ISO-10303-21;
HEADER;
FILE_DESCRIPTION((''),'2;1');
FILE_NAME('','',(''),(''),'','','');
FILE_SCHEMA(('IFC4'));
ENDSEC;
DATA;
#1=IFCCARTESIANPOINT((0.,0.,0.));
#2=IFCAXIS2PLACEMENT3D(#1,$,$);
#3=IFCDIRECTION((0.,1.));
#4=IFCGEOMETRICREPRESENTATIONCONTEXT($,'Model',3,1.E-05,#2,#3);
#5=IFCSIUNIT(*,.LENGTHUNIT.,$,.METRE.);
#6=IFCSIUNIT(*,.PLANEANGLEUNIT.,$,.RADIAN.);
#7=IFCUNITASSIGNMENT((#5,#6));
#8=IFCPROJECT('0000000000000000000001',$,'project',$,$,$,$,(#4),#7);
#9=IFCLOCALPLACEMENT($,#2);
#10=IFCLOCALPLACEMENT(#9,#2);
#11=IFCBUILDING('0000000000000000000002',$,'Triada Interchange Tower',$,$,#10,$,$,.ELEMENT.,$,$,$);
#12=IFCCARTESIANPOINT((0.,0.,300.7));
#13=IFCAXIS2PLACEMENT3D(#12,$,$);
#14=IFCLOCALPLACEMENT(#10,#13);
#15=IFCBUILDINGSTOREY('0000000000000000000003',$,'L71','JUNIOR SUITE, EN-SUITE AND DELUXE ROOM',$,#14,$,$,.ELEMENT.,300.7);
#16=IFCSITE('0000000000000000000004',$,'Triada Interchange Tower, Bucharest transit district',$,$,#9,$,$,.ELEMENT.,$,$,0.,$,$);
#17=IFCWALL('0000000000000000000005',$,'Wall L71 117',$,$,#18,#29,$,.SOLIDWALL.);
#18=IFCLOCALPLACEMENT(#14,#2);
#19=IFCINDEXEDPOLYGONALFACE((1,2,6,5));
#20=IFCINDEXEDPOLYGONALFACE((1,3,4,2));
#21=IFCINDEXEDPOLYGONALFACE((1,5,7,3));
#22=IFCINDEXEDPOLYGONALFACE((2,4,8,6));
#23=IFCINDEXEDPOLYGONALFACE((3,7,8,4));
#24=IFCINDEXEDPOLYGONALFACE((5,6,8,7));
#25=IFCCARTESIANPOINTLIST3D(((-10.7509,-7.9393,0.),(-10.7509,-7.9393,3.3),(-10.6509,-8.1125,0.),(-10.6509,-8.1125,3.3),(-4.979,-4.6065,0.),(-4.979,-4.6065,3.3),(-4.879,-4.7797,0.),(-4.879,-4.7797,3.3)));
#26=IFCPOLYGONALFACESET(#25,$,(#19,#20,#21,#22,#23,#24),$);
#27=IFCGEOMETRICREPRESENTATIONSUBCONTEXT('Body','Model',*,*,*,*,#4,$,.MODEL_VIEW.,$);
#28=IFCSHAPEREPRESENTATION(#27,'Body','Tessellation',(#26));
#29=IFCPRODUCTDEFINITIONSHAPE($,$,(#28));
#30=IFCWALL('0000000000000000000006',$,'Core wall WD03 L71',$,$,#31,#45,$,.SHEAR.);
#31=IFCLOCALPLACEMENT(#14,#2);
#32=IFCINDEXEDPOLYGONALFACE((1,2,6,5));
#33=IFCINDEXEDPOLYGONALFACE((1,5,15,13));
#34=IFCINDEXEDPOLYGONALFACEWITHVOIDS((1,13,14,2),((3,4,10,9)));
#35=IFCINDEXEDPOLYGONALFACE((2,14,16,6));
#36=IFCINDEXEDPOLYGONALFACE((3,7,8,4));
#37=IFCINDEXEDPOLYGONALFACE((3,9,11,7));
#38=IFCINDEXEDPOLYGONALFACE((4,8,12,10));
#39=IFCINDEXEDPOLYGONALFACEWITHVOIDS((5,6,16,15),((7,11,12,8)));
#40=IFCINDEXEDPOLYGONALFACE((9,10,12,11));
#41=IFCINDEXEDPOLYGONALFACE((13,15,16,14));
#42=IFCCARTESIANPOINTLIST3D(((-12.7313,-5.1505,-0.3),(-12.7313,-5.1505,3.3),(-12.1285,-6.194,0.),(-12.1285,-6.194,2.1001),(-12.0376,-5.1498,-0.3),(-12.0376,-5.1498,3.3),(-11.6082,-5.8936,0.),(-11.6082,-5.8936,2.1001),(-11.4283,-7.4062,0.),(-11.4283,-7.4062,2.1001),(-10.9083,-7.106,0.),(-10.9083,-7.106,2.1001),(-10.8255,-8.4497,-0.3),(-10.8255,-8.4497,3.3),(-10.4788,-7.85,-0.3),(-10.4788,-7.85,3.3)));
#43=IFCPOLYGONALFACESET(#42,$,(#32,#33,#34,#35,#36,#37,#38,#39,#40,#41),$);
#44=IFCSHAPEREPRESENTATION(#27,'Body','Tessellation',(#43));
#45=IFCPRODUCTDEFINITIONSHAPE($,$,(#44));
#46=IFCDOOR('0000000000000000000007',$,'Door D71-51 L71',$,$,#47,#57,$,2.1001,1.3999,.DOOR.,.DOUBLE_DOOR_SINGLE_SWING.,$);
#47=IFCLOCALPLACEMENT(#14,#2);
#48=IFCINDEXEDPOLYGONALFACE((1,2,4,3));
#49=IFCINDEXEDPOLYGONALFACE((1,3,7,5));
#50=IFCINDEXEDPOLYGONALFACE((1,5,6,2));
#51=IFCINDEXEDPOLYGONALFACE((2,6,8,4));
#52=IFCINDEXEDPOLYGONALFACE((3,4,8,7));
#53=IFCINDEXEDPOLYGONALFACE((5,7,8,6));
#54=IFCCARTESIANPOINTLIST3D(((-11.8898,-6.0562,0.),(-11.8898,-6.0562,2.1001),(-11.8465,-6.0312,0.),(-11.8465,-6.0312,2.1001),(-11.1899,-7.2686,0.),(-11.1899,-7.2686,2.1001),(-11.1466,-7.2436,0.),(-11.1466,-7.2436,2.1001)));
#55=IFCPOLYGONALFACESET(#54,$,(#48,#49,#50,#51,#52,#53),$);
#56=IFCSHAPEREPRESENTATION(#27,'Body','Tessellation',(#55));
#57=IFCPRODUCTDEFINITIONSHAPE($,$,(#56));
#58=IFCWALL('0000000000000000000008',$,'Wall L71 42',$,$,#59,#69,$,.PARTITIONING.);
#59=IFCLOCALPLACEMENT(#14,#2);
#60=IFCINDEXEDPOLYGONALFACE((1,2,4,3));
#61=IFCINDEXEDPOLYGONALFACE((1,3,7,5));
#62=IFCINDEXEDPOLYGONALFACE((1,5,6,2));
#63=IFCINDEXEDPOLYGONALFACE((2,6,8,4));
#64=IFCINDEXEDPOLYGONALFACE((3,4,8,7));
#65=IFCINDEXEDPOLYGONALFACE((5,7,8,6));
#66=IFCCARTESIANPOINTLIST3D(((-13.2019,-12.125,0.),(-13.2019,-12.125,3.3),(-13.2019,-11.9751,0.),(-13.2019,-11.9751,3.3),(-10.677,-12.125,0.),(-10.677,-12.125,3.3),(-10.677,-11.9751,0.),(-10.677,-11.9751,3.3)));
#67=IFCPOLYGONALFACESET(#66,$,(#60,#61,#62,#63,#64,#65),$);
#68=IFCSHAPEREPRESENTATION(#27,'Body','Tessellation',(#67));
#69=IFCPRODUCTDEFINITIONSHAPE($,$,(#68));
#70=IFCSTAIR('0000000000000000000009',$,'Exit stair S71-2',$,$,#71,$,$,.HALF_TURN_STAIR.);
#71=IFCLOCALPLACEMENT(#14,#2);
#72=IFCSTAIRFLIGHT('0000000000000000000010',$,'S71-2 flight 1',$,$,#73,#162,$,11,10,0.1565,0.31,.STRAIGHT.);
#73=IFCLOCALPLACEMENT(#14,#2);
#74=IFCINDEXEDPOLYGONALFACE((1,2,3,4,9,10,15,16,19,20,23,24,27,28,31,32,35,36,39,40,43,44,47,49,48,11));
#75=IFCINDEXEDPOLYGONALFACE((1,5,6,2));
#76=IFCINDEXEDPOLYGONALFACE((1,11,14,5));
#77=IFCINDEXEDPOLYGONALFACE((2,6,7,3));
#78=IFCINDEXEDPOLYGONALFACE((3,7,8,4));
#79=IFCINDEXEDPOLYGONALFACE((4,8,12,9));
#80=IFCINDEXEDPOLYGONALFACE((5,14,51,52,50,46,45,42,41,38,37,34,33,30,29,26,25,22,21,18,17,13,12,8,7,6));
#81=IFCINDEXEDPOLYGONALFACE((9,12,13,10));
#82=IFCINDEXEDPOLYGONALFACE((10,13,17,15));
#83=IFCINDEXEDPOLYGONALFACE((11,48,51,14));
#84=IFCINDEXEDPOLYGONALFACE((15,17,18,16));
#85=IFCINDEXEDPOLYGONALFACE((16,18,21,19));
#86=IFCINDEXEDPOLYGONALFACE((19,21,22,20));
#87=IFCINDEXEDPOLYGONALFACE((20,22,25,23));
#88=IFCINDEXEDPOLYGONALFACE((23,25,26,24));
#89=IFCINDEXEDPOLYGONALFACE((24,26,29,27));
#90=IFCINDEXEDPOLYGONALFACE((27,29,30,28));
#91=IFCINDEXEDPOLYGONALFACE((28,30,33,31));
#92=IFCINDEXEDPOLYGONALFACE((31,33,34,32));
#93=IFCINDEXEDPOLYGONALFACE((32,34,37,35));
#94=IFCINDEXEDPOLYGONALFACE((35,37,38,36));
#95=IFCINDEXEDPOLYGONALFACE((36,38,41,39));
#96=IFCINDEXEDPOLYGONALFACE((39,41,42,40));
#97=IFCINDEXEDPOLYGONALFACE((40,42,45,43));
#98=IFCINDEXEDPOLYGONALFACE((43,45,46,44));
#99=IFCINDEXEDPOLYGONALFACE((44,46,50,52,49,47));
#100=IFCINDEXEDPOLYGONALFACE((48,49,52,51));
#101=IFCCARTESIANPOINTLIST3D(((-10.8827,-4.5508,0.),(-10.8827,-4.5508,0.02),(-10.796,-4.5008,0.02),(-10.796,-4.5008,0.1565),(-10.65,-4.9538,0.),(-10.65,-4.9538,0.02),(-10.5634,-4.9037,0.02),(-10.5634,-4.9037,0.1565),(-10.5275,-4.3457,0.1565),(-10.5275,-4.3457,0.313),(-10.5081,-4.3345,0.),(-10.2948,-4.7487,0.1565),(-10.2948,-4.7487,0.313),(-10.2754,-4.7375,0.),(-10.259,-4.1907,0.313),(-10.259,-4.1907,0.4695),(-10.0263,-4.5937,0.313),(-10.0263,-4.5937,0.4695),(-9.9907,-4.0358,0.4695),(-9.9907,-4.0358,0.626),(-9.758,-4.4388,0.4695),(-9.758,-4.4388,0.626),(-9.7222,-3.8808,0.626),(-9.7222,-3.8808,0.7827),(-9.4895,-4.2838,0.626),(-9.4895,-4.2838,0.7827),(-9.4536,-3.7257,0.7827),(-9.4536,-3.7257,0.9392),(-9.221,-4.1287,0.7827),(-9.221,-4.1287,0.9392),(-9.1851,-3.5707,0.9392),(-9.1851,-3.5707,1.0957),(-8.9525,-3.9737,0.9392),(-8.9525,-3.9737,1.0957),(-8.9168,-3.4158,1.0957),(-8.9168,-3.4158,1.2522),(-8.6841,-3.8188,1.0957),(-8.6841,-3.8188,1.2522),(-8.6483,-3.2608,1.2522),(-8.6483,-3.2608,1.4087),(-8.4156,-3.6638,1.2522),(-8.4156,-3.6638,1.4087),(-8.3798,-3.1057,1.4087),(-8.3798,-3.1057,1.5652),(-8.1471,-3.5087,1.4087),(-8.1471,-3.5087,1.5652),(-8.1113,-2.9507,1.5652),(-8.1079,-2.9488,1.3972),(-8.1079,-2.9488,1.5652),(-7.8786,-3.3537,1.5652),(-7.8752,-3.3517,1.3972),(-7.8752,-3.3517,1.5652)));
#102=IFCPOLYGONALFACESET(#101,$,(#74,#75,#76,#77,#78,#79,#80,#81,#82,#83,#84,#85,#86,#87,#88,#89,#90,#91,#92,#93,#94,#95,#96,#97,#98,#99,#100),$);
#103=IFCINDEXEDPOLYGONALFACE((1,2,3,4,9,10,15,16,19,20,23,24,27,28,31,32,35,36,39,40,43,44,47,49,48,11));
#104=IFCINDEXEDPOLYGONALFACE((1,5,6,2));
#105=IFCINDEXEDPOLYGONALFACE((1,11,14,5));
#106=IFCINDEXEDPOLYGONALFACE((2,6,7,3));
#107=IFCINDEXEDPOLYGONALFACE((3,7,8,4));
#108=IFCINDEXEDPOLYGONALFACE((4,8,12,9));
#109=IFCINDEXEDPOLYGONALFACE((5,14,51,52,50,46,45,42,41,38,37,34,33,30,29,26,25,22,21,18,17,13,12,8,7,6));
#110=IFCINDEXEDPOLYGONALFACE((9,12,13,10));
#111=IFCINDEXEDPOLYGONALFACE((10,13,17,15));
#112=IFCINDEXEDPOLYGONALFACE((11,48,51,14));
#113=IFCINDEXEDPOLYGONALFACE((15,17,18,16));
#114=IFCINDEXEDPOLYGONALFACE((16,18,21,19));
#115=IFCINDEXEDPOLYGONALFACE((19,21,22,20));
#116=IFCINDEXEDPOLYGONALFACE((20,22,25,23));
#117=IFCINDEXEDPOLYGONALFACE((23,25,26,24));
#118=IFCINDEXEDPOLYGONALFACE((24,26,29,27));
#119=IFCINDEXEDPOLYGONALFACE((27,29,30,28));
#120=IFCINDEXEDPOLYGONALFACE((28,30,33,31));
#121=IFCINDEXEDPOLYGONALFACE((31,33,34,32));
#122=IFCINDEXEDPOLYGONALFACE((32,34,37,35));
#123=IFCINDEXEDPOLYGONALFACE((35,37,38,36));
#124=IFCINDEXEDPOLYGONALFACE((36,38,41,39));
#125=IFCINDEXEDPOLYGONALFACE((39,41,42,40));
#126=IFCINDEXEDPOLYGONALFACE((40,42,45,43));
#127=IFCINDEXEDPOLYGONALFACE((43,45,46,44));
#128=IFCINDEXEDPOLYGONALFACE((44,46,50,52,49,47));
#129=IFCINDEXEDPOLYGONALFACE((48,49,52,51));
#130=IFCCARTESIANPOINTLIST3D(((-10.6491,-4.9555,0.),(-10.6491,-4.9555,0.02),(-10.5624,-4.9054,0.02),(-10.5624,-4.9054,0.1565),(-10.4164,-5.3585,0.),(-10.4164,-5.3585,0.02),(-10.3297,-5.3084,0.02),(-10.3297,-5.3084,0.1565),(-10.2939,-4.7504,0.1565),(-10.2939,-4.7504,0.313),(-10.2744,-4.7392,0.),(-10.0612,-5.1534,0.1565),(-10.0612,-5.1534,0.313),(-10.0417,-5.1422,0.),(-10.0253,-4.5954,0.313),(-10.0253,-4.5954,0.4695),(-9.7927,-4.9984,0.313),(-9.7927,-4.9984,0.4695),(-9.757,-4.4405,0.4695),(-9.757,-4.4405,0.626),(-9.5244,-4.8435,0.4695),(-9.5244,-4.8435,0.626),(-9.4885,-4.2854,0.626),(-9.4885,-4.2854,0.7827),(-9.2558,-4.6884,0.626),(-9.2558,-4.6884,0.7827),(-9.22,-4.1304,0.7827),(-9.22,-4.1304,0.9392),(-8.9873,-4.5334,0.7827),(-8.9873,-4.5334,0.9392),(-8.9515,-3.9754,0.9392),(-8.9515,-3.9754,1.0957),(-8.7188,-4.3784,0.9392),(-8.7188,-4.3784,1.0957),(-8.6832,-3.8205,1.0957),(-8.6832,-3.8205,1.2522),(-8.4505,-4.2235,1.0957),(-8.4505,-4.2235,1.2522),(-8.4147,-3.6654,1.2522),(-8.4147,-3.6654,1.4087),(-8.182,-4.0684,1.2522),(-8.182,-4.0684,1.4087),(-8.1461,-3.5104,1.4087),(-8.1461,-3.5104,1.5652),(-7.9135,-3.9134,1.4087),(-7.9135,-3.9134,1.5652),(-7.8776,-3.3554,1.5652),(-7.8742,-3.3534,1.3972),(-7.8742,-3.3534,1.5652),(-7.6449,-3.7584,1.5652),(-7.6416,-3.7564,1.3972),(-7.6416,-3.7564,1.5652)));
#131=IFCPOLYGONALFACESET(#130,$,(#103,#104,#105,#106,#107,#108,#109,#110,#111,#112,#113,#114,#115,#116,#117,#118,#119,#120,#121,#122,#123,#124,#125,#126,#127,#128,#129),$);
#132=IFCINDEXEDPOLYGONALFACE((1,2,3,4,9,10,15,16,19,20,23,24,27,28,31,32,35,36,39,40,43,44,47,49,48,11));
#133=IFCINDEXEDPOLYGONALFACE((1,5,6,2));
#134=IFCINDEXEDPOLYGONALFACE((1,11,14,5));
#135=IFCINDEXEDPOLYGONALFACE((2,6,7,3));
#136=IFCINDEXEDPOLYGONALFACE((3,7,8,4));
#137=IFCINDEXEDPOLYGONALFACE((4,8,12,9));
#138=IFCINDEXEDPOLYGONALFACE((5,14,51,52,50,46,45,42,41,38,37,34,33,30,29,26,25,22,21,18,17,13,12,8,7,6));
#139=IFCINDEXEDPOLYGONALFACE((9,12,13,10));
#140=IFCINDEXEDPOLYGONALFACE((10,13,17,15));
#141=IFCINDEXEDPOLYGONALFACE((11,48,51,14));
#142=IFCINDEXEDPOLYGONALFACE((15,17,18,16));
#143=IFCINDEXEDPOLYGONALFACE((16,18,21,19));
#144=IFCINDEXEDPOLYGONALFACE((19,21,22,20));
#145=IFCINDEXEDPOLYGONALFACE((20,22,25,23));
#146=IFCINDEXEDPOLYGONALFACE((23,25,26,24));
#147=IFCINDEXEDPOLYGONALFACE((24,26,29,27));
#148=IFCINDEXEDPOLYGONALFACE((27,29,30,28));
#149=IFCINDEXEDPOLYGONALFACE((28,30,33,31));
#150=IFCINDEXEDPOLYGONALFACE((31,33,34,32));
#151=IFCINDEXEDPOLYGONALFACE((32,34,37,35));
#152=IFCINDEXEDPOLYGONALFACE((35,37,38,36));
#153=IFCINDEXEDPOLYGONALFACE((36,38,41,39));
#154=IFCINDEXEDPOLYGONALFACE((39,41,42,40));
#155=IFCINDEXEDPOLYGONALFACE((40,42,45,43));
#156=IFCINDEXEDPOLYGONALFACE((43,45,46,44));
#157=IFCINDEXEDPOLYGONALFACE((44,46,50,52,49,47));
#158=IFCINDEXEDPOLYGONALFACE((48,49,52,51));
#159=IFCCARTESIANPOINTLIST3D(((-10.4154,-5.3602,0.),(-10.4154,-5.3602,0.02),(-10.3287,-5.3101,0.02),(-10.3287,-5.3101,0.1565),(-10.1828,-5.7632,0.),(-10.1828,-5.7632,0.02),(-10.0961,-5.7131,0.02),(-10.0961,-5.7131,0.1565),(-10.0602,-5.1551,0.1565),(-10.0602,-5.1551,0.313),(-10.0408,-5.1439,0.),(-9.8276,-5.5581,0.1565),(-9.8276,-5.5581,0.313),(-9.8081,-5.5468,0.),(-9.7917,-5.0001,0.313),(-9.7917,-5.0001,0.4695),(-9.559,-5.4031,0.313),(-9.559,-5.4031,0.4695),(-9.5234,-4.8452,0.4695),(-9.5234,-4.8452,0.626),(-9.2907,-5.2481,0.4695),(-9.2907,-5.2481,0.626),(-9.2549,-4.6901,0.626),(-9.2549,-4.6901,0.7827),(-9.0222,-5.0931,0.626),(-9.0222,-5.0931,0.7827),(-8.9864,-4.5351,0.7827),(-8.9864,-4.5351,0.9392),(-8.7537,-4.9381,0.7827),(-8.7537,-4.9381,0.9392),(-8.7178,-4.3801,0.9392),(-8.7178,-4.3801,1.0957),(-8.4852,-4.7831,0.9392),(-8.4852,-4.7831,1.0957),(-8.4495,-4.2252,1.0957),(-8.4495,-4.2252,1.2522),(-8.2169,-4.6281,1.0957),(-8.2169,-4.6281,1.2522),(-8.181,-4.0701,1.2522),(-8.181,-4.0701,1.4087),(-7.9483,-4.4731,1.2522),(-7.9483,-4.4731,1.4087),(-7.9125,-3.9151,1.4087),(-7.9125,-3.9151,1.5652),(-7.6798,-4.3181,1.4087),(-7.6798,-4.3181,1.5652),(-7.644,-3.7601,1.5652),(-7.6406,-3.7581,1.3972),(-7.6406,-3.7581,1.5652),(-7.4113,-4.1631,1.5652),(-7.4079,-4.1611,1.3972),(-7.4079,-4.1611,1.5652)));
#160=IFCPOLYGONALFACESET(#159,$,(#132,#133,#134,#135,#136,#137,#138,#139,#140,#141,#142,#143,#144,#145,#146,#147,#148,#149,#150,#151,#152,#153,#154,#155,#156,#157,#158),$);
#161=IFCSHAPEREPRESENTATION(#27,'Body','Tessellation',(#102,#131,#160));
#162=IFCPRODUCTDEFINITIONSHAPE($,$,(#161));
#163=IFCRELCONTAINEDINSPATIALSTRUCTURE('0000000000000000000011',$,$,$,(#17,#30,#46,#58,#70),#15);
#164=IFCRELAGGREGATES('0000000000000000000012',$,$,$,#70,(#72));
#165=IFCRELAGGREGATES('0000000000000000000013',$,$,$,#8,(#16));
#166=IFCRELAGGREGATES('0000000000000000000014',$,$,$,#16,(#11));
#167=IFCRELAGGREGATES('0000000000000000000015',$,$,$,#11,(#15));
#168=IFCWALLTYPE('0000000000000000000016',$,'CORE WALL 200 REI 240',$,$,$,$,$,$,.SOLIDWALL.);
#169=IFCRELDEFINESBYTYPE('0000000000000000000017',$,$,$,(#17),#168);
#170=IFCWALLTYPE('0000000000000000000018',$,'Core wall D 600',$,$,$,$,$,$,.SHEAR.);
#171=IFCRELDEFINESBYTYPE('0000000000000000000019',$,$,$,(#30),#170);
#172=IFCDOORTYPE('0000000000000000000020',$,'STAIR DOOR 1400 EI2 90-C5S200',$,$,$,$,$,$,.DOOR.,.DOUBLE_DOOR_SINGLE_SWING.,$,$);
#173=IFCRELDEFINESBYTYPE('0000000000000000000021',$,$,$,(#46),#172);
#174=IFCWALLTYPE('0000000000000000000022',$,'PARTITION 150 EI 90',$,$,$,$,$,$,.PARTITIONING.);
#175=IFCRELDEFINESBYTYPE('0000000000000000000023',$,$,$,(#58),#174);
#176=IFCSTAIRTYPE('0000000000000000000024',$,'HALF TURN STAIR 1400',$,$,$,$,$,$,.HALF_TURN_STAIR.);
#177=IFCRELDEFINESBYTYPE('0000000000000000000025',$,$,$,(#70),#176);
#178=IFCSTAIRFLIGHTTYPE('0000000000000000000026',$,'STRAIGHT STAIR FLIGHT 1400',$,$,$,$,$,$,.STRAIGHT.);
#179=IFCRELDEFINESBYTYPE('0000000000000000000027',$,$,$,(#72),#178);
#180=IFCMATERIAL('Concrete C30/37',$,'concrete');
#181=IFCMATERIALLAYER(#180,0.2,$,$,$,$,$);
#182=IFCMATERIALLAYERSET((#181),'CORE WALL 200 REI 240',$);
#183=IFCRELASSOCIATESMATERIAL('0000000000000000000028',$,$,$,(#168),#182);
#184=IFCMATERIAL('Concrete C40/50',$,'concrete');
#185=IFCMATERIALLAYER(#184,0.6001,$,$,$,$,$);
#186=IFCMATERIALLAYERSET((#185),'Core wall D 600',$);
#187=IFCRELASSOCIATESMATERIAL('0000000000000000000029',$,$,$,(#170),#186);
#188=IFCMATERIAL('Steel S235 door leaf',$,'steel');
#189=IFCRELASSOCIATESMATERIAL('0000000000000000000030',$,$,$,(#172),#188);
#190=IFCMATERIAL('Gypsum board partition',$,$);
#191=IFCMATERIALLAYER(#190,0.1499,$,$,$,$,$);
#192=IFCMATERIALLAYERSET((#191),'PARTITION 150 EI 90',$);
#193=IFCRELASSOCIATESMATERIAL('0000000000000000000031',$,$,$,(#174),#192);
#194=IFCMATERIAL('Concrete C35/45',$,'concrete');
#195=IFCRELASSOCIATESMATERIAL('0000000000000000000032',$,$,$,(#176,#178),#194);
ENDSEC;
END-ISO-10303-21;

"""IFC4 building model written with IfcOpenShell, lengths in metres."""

from ifc_helpers import new_model, si_unit, direction, frame, frame_2d, origin, place, context, subcontext, project, spatial, polyline, rectangle, outline, extrude, material, layer, layer_set, type_object, element, fill, aggregate, save


model = new_model("IFC4")

# Units and contexts
model_context = context("Model", 3, precision=1e-05, world=origin(), true_north=direction((0.0, 1.0)))
body_context = subcontext(model_context, "Body", "Model", "MODEL_VIEW")
ifc_project = project(units=[si_unit("LENGTHUNIT", "METRE"), si_unit("PLANEANGLEUNIT", "RADIAN")], contexts=[model_context])

# Site, building, storey
site_placement = place(None, origin())
site = spatial("IfcSite", under=ifc_project, at=site_placement, Name="Triada Interchange Tower, Bucharest transit district", CompositionType="ELEMENT", RefElevation=0.0)
building_placement = place(site_placement, origin())
building = spatial("IfcBuilding", under=site, at=building_placement, Name="Triada Interchange Tower", CompositionType="ELEMENT")
storey_placement = place(building_placement, frame((0.0, 0.0, 300.7)))
storey = spatial("IfcBuildingStorey", under=building, at=storey_placement, Name="L71", Description="JUNIOR SUITE, EN-SUITE AND DELUXE ROOM", CompositionType="ELEMENT", Elevation=300.7)

# Shared definitions
ifc_material_1 = material(Name="Concrete C30/37", Category="concrete")

# Shared definitions
ifc_material_2 = material(Name="Steel S235 door leaf", Category="steel")

# Wall
ifc_layer_1 = layer(ifc_material_1, 0.2)
ifc_layer_set_1 = layer_set([ifc_layer_1], Name="CORE WALL 200 REI 240")
wall_type_1 = type_object("IfcWallType", Name="CORE WALL 200 REI 240", PredefinedType="SOLIDWALL", material=ifc_layer_set_1)
wall_1_placement = place(storey_placement, frame((-10.7009, -8.0259, 0.0), z_axis=(0.0, 0.0, 1.0), x_axis=(0.866005, 0.500035, 0.0)))
element("IfcWall", 1, at=wall_1_placement, inside=storey, type_object=wall_type_1, Name="Wall L71 117", PredefinedType="SOLIDWALL", context=body_context, shape_type="SweptSolid", body=[
    extrude(rectangle(XDim=6.665, YDim=0.2, at=frame_2d((3.3325, 0.0))), origin(), (0.0, 0.0, 1.0), 3.3),
])

# Wall, opening, door
ifc_material_3 = material(Name="Concrete C40/50", Category="concrete")
ifc_layer_2 = layer(ifc_material_3, 0.6001)
ifc_layer_set_2 = layer_set([ifc_layer_2], Name="Core wall D 600")
wall_type_2 = type_object("IfcWallType", Name="Core wall D 600", PredefinedType="SHEAR", material=ifc_layer_set_2)
wall_2_placement = place(storey_placement, frame((-12.384, -5.1499, -0.3), z_axis=(0.0, 0.0, 1.0), x_axis=(0.499975, -0.86604, 0.0)))
wall_2 = element("IfcWall", 2, at=wall_2_placement, inside=storey, type_object=wall_type_2, Name="Core wall WD03 L71", PredefinedType="SHEAR", context=body_context, shape_type="SweptSolid", body=[
    extrude(outline(polyline([(-0.1731, -0.301), (1.7319, -0.3005), (3.637, -0.3), (3.291, 0.3), (1.7319, 0.3), (0.1731, 0.3), (-0.1731, -0.301)])), origin(), (0.0, 0.0, 1.0), 3.6001),
])
opening_1_placement = place(wall_2_placement, frame((1.032, 0.0, 0.3)))
opening_1 = element("IfcOpeningElement", 3, at=opening_1_placement, cuts=wall_2, PredefinedType="OPENING", context=body_context, shape_type="SweptSolid", body=[
    extrude(rectangle(XDim=1.3999, YDim=2.1001, at=frame_2d((0.7, 1.05))), frame((0.0, 0.3101, 0.0), z_axis=(0.0, -1.0, 0.0), x_axis=(1.0, 0.0, 0.0)), (0.0, 0.0, 1.0), 0.6211),
])
door_type_1 = type_object("IfcDoorType", Name="STAIR DOOR 1400 EI2 90-C5S200", OperationType="DOUBLE_DOOR_SINGLE_SWING", PredefinedType="DOOR", material=ifc_material_2)
door_1_placement = place(opening_1_placement, origin())
door_1 = element("IfcDoor", 4, at=door_1_placement, inside=storey, type_object=door_type_1, Name="Door D71-51 L71", OperationType="DOUBLE_DOOR_SINGLE_SWING", OverallHeight=2.1001, OverallWidth=1.3999, PredefinedType="DOOR", context=body_context, shape_type="SweptSolid", body=[
    extrude(rectangle(XDim=1.3999, YDim=2.1001, at=frame_2d((0.7, 1.05))), frame((0.0, 0.0249, 0.0), z_axis=(0.0, -1.0, 0.0), x_axis=(1.0, 0.0, 0.0)), (0.0, 0.0, 1.0), 0.05),
])
fill(opening_1, door_1)

# Wall
ifc_material_4 = material(Name="Gypsum board partition")
ifc_layer_3 = layer(ifc_material_4, 0.1499)
ifc_layer_set_3 = layer_set([ifc_layer_3], Name="PARTITION 150 EI 90")
wall_type_3 = type_object("IfcWallType", Name="PARTITION 150 EI 90", PredefinedType="PARTITIONING", material=ifc_layer_set_3)
wall_3_placement = place(storey_placement, frame((-13.2019, -12.05, 0.0), z_axis=(0.0, 0.0, 1.0), x_axis=(1.0, 0.0, 0.0)))
element("IfcWall", 5, at=wall_3_placement, inside=storey, type_object=wall_type_3, Name="Wall L71 42", PredefinedType="PARTITIONING", context=body_context, shape_type="SweptSolid", body=[
    extrude(rectangle(XDim=2.5249, YDim=0.1499, at=frame_2d((1.2625, 0.0))), origin(), (0.0, 0.0, 1.0), 3.3),
])

# Stair, stair flight
ifc_material_5 = material(Name="Concrete C35/45", Category="concrete")
stair_type = type_object("IfcStairType", Name="HALF TURN STAIR 1400", PredefinedType="HALF_TURN_STAIR", material=ifc_material_5)
stair_placement = place(storey_placement, origin())
stair = element("IfcStair", 6, at=stair_placement, inside=storey, type_object=stair_type, Name="Exit stair S71-2", PredefinedType="HALF_TURN_STAIR")
stair_flight_type = type_object("IfcStairFlightType", Name="STRAIGHT STAIR FLIGHT 1400", PredefinedType="STRAIGHT", material=ifc_material_5)
stair_flight_1_placement = place(storey_placement, frame((-10.446, -5.1069, 0.0), z_axis=(0.0, 0.0, 1.0), x_axis=(0.866025, 0.5, 0.0)))
stair_flight_1 = element("IfcStairFlight", 7, at=stair_flight_1_placement, type_object=stair_flight_type, Name="S71-2 flight 1", NumberOfRisers=11, NumberOfTreads=10, PredefinedType="STRAIGHT", RiserHeight=0.1565, TreadLength=0.31, context=body_context, shape_type="SweptSolid", body=[
    extrude(outline(polyline([(-0.1001, 0.0), (-0.1001, 0.02), (0.0, 0.02), (0.0, 0.1565), (0.3101, 0.1565), (0.3101, 0.313), (0.6201, 0.313), (0.6201, 0.4695), (0.9299, 0.4695), (0.9299, 0.626), (1.24, 0.626), (1.24, 0.7827), (1.55, 0.7827), (1.55, 0.9392), (1.8601, 0.9392), (1.8601, 1.0957), (2.1699, 1.0957), (2.1699, 1.2522), (2.48, 1.2522), (2.48, 1.4087), (2.79, 1.4087), (2.79, 1.5652), (3.1001, 1.5652), (3.104, 1.5652), (3.104, 1.7217), (3.104, 1.3972), (0.3325, 0.0), (-0.1001, 0.0)])), frame((0.0, 0.7, 0.0), z_axis=(0.0, -1.0, 0.0), x_axis=(1.0, 0.0, 0.0)), (0.0, 0.0, 1.0), 0.4653),
    extrude(outline(polyline([(-0.1001, 0.0), (-0.1001, 0.02), (0.0, 0.02), (0.0, 0.1565), (0.3101, 0.1565), (0.3101, 0.313), (0.6201, 0.313), (0.6201, 0.4695), (0.9299, 0.4695), (0.9299, 0.626), (1.24, 0.626), (1.24, 0.7827), (1.55, 0.7827), (1.55, 0.9392), (1.8601, 0.9392), (1.8601, 1.0957), (2.1699, 1.0957), (2.1699, 1.2522), (2.48, 1.2522), (2.48, 1.4087), (2.79, 1.4087), (2.79, 1.5652), (3.1001, 1.5652), (3.104, 1.5652), (3.104, 1.7217), (3.104, 1.3972), (0.3325, 0.0), (-0.1001, 0.0)])), frame((0.0, 0.2327, 0.0), z_axis=(0.0, -1.0, 0.0), x_axis=(1.0, 0.0, 0.0)), (0.0, 0.0, 1.0), 0.4653),
    extrude(outline(polyline([(-0.1001, 0.0), (-0.1001, 0.02), (0.0, 0.02), (0.0, 0.1565), (0.3101, 0.1565), (0.3101, 0.313), (0.6201, 0.313), (0.6201, 0.4695), (0.9299, 0.4695), (0.9299, 0.626), (1.24, 0.626), (1.24, 0.7827), (1.55, 0.7827), (1.55, 0.9392), (1.8601, 0.9392), (1.8601, 1.0957), (2.1699, 1.0957), (2.1699, 1.2522), (2.48, 1.2522), (2.48, 1.4087), (2.79, 1.4087), (2.79, 1.5652), (3.1001, 1.5652), (3.104, 1.5652), (3.104, 1.7217), (3.104, 1.3972), (0.3325, 0.0), (-0.1001, 0.0)])), frame((0.0, -0.2346, 0.0), z_axis=(0.0, -1.0, 0.0), x_axis=(1.0, 0.0, 0.0)), (0.0, 0.0, 1.0), 0.4653),
])
aggregate(stair, [stair_flight_1])

save(model, "model.ifc")
